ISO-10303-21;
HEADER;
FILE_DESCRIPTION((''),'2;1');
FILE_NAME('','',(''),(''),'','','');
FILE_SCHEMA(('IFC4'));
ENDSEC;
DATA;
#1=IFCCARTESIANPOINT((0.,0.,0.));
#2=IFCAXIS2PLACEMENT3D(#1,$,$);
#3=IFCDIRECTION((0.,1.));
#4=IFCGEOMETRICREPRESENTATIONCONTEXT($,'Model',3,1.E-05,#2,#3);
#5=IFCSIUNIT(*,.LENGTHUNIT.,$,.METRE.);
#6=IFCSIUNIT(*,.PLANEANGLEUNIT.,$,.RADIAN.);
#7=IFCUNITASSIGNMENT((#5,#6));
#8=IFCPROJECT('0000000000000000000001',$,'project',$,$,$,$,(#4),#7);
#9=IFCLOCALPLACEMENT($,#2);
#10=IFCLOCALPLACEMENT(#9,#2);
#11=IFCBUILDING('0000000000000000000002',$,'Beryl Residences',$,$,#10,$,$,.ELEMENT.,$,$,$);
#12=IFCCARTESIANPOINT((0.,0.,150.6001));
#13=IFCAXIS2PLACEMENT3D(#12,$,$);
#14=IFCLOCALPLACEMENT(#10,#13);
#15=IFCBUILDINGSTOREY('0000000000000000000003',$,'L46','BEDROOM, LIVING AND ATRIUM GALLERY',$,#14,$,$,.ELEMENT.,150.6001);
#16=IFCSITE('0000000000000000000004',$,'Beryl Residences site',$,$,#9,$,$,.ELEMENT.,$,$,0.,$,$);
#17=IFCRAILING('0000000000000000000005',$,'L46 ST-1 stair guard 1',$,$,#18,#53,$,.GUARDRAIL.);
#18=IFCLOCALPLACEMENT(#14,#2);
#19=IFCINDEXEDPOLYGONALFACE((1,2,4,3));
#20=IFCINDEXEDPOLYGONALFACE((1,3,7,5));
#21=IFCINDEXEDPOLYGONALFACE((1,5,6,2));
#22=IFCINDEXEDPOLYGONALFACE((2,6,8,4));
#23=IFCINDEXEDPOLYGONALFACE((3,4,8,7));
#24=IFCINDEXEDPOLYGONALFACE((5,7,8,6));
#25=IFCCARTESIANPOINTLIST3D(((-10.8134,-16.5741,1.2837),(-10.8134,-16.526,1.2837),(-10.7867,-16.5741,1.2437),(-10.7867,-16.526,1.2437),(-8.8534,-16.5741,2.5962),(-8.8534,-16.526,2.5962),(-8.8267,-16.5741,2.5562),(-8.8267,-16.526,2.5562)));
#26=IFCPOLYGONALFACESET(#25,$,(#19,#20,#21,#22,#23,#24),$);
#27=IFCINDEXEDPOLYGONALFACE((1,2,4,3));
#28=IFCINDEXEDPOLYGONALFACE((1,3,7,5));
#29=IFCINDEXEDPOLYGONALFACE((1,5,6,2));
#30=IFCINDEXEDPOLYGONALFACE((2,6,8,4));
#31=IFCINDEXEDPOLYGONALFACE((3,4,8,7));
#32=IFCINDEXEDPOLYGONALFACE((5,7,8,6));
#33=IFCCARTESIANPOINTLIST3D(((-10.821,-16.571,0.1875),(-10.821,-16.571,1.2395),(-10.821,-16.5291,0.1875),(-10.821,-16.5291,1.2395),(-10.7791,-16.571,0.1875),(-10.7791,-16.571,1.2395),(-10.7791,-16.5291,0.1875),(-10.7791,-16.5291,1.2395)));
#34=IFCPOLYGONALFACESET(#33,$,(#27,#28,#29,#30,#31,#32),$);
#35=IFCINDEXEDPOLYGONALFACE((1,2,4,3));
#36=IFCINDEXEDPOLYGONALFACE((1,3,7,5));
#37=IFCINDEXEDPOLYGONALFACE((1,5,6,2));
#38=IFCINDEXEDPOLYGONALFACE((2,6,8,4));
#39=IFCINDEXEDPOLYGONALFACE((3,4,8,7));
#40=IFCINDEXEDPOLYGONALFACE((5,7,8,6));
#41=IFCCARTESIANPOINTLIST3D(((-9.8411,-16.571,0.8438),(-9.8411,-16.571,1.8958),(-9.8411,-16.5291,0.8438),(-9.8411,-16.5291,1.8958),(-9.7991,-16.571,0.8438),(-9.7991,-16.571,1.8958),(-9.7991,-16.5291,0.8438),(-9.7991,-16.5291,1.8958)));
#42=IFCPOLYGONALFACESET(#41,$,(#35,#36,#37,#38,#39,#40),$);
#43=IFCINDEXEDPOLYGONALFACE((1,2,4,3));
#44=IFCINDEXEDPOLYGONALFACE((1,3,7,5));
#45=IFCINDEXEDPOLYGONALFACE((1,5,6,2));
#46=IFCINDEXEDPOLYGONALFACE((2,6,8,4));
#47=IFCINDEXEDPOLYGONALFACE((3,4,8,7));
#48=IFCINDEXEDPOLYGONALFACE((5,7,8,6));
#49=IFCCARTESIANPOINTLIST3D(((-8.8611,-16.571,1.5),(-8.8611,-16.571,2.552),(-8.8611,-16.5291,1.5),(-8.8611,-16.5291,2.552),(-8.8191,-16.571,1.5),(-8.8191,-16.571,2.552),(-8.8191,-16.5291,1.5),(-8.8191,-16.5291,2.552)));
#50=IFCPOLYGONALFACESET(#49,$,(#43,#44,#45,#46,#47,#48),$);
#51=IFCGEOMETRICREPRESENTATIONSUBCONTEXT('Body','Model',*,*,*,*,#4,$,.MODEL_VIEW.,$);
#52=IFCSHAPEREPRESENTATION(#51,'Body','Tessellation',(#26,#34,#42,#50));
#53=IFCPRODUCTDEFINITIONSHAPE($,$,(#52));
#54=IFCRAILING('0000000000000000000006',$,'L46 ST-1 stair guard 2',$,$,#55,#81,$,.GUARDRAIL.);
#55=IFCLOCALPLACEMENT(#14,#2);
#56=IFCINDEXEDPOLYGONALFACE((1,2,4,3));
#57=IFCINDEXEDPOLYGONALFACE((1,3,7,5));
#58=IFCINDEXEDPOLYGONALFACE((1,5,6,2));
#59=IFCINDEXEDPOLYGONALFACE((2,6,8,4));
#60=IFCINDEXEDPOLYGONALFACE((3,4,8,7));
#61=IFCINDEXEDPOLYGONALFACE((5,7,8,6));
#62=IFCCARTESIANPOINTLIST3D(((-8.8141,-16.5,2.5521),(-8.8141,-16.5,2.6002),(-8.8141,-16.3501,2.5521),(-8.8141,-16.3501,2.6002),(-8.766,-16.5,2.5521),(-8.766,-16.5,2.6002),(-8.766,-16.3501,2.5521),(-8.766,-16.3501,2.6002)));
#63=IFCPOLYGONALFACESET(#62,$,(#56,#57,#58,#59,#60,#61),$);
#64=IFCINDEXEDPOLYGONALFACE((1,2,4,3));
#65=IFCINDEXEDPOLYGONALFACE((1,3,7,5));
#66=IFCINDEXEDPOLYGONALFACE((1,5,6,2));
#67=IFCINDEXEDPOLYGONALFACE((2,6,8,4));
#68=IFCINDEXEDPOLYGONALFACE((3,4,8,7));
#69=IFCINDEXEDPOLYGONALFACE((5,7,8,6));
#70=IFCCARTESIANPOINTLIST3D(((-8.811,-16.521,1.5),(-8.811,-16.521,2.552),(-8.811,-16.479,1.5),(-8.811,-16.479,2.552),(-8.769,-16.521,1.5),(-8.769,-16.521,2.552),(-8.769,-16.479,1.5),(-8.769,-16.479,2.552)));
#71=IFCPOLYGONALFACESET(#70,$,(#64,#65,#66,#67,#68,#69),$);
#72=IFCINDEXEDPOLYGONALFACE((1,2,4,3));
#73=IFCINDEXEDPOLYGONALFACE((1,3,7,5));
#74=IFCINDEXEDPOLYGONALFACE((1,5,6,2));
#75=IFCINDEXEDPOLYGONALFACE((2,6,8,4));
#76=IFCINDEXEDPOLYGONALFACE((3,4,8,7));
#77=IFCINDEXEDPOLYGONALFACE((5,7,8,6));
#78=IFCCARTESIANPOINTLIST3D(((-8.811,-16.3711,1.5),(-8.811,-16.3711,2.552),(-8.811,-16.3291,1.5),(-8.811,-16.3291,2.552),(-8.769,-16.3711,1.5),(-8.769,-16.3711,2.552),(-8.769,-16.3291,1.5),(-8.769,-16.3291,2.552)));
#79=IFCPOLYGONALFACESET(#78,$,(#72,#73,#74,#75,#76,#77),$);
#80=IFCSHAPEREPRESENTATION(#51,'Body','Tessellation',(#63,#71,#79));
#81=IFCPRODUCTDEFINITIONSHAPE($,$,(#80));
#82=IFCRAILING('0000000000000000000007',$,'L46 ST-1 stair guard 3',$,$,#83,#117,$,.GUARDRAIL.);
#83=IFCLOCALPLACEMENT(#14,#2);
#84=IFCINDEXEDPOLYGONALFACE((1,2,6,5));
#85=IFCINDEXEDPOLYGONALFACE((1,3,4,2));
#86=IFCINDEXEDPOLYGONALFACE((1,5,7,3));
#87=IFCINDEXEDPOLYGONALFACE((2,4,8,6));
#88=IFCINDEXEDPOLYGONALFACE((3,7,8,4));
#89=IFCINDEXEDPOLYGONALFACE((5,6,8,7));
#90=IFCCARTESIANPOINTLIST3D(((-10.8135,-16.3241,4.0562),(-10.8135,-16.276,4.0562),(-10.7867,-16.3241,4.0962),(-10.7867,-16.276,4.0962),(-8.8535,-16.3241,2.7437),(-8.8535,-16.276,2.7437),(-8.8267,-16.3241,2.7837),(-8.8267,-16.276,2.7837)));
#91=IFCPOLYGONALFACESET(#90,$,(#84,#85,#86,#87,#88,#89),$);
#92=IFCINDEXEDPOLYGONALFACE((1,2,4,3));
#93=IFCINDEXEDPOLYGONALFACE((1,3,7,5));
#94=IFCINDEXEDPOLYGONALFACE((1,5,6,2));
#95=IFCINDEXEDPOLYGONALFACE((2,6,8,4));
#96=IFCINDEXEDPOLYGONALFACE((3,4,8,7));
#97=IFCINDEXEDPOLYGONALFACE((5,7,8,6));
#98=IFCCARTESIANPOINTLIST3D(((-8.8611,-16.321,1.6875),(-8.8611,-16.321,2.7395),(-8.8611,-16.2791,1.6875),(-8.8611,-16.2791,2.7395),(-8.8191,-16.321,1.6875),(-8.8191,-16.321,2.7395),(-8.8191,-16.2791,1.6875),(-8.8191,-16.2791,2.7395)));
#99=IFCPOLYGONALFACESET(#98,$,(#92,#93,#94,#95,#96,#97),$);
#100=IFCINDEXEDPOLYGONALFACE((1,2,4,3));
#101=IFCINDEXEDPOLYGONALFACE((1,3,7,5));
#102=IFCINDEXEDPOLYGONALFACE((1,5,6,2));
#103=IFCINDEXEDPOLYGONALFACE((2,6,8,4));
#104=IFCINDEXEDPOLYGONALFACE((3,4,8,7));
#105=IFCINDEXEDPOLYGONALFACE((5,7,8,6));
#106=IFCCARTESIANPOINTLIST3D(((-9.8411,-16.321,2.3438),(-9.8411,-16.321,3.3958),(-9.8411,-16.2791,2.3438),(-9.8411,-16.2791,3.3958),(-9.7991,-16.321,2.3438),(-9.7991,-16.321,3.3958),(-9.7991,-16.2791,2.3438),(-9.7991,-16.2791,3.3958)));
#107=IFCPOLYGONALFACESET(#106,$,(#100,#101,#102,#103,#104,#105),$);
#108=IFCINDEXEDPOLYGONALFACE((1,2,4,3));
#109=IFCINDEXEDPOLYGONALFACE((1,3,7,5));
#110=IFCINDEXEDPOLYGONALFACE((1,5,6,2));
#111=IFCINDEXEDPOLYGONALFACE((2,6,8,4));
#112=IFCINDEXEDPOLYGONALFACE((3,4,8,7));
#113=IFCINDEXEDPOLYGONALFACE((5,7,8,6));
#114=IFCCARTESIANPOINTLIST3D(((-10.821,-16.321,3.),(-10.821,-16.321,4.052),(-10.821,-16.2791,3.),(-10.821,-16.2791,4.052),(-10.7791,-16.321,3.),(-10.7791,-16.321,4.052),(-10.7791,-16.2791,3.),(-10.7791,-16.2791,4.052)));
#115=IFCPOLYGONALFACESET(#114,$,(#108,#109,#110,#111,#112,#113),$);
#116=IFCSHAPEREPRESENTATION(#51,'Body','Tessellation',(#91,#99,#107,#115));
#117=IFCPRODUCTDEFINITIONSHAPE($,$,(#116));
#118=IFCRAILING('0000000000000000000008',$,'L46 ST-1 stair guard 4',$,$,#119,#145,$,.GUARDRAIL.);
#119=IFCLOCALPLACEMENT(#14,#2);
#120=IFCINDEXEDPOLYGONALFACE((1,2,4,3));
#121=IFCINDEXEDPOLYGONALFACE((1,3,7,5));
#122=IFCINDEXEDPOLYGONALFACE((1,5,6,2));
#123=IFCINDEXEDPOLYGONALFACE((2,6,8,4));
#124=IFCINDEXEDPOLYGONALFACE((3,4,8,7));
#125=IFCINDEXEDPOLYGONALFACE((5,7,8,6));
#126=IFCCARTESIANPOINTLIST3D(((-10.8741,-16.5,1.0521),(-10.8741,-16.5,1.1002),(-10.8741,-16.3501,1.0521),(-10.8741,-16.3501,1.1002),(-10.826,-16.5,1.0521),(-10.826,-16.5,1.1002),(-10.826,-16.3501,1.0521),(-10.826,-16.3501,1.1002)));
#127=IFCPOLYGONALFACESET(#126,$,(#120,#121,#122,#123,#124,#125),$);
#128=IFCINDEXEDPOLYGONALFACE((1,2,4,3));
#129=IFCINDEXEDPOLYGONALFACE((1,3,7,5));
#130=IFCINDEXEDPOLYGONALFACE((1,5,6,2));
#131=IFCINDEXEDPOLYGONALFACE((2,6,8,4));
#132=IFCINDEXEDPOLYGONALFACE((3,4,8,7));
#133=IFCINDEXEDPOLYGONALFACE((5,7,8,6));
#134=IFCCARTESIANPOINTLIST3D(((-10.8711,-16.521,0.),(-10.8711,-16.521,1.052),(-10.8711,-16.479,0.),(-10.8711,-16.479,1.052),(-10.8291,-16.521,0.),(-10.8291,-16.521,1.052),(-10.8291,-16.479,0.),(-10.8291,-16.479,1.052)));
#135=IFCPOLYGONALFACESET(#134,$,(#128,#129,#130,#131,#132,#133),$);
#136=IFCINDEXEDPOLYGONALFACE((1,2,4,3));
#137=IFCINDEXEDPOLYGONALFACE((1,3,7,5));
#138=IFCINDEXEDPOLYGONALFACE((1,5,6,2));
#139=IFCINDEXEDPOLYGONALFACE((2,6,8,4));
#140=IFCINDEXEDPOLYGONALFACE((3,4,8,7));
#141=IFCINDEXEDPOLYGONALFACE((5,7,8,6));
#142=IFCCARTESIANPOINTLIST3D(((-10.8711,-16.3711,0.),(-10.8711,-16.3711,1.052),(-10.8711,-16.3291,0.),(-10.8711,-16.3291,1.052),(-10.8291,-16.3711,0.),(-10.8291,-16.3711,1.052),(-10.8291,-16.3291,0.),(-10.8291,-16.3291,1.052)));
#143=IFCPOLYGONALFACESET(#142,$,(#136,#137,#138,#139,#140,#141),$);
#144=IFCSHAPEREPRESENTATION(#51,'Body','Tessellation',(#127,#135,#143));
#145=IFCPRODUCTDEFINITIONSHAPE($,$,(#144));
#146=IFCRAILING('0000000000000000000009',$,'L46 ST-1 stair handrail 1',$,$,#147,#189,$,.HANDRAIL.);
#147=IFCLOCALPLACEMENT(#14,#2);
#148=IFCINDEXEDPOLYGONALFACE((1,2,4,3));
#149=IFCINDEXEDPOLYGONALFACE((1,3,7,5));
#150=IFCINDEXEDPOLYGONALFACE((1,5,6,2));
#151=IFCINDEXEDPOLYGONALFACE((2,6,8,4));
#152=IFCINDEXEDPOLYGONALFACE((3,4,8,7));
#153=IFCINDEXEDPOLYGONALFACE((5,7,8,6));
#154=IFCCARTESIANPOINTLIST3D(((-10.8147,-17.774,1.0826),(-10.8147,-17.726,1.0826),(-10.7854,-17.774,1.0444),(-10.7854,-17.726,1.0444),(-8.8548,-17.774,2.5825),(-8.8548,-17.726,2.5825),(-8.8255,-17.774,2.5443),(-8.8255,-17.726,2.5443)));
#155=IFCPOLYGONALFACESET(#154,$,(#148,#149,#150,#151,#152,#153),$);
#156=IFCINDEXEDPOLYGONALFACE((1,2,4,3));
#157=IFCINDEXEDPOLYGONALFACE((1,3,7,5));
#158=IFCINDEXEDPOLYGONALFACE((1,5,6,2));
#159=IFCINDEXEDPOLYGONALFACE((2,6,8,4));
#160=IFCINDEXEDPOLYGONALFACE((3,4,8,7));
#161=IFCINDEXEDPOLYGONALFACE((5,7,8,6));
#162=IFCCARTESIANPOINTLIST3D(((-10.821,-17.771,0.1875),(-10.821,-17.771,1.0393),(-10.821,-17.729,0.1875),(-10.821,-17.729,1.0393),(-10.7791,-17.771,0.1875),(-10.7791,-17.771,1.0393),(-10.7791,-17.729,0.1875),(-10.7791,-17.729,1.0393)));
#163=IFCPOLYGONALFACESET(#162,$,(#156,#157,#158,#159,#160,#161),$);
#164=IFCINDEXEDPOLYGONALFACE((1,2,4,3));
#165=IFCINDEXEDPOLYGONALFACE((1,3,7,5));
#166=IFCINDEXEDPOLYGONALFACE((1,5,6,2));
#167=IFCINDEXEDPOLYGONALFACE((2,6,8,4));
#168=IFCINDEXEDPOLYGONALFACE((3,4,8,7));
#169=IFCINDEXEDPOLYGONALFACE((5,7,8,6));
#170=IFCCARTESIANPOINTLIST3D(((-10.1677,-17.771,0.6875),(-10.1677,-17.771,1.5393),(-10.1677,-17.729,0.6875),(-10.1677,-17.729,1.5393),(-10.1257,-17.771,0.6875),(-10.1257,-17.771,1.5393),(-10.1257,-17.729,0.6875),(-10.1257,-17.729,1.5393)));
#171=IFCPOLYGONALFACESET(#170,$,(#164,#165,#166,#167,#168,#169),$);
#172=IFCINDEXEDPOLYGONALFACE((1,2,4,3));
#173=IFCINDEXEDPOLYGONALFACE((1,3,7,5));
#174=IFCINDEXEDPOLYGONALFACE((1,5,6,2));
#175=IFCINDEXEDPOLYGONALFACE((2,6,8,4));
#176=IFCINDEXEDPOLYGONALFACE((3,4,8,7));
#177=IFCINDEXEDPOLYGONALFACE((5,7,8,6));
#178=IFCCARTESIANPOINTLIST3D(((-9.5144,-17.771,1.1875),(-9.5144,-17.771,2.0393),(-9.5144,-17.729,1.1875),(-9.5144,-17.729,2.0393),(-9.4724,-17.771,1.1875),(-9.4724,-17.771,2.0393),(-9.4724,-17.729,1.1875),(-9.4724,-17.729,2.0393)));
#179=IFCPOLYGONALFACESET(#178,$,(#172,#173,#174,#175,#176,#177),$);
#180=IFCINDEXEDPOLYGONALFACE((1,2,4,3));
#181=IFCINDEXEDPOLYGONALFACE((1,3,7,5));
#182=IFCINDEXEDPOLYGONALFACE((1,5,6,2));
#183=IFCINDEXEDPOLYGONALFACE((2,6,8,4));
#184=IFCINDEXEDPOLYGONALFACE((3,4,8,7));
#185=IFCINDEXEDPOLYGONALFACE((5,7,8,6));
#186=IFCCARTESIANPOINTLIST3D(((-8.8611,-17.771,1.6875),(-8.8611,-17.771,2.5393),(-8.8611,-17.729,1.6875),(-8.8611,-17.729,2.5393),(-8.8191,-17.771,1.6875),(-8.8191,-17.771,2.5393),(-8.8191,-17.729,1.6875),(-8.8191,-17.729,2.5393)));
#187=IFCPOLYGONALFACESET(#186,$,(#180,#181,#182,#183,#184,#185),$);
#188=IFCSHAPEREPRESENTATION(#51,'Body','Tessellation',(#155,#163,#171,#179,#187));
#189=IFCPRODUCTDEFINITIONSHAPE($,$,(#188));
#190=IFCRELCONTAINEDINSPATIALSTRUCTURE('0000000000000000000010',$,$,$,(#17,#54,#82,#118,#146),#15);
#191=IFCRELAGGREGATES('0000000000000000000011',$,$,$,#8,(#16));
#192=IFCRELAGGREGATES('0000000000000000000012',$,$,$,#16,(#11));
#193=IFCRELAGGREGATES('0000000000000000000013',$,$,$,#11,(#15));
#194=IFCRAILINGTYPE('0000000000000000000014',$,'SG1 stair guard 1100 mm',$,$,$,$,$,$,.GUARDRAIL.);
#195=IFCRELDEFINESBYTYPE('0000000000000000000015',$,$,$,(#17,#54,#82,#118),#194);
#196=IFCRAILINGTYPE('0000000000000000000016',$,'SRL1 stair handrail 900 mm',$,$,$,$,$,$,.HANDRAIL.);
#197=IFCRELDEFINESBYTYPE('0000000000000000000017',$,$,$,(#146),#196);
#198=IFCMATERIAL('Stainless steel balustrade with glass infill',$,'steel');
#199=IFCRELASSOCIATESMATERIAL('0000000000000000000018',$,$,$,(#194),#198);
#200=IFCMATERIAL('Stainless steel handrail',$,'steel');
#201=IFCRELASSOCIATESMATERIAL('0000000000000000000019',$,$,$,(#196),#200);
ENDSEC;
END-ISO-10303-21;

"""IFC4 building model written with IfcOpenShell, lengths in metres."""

from ifc_helpers import new_model, si_unit, direction, frame, origin, origin_2d, place, context, subcontext, project, spatial, rectangle, extrude, material, type_object, element, save


model = new_model("IFC4")

# Units and contexts
model_context = context("Model", 3, precision=1e-05, world=origin(), true_north=direction((0.0, 1.0)))
body_context = subcontext(model_context, "Body", "Model", "MODEL_VIEW")
ifc_project = project(units=[si_unit("LENGTHUNIT", "METRE"), si_unit("PLANEANGLEUNIT", "RADIAN")], contexts=[model_context])

# Site, building, storey
site_placement = place(None, origin())
site = spatial("IfcSite", under=ifc_project, at=site_placement, Name="Beryl Residences site", CompositionType="ELEMENT", RefElevation=0.0)
building_placement = place(site_placement, origin())
building = spatial("IfcBuilding", under=site, at=building_placement, Name="Beryl Residences", CompositionType="ELEMENT")
storey_placement = place(building_placement, frame((0.0, 0.0, 150.6001)))
storey = spatial("IfcBuildingStorey", under=building, at=storey_placement, Name="L46", Description="BEDROOM, LIVING AND ATRIUM GALLERY", CompositionType="ELEMENT", Elevation=150.6001)

# Railings
ifc_material_1 = material(Name="Stainless steel balustrade with glass infill", Category="steel")
railing_type_1 = type_object("IfcRailingType", Name="SG1 stair guard 1100 mm", PredefinedType="GUARDRAIL", material=ifc_material_1)
railing_1_placement = place(storey_placement, frame((-10.8, -16.55, 0.1875)))
element("IfcRailing", 1, at=railing_1_placement, inside=storey, type_object=railing_type_1, Name="L46 ST-1 stair guard 1", PredefinedType="GUARDRAIL", context=body_context, shape_type="SweptSolid", body=[
    extrude(rectangle(XDim=0.0481, YDim=0.0481, at=origin_2d()), frame((0.0, 0.0, 1.0762), z_axis=(0.830902, 0.0, 0.556419), x_axis=(0.0, 1.0, 0.0)), (0.0, 0.0, 1.0), 2.3589),
    extrude(rectangle(XDim=0.042, YDim=0.042, at=origin_2d()), origin(), (0.0, 0.0, 1.0), 1.052),
    extrude(rectangle(XDim=0.042, YDim=0.042, at=origin_2d()), frame((0.98, 0.0, 0.6562)), (0.0, 0.0, 1.0), 1.052),
    extrude(rectangle(XDim=0.042, YDim=0.042, at=origin_2d()), frame((1.96, 0.0, 1.3125)), (0.0, 0.0, 1.0), 1.052),
])
railing_2_placement = place(storey_placement, frame((-8.79, -16.5, 1.5)))
element("IfcRailing", 2, at=railing_2_placement, inside=storey, type_object=railing_type_1, Name="L46 ST-1 stair guard 2", PredefinedType="GUARDRAIL", context=body_context, shape_type="SweptSolid", body=[
    extrude(rectangle(XDim=0.0481, YDim=0.0481, at=origin_2d()), frame((0.0, 0.0, 1.0762), z_axis=(0.0, 1.0, 0.0), x_axis=(-1.0, 0.0, 0.0)), (0.0, 0.0, 1.0), 0.1499),
    extrude(rectangle(XDim=0.042, YDim=0.042, at=origin_2d()), origin(), (0.0, 0.0, 1.0), 1.052),
    extrude(rectangle(XDim=0.042, YDim=0.042, at=origin_2d()), frame((0.0, 0.1499, 0.0)), (0.0, 0.0, 1.0), 1.052),
])
railing_3_placement = place(storey_placement, frame((-8.8401, -16.3, 1.6875)))
element("IfcRailing", 3, at=railing_3_placement, inside=storey, type_object=railing_type_1, Name="L46 ST-1 stair guard 3", PredefinedType="GUARDRAIL", context=body_context, shape_type="SweptSolid", body=[
    extrude(rectangle(XDim=0.0481, YDim=0.0481, at=origin_2d()), frame((0.0, 0.0, 1.0762), z_axis=(-0.830902, 0.0, 0.556419), x_axis=(0.0, -1.0, 0.0)), (0.0, 0.0, 1.0), 2.3589),
    extrude(rectangle(XDim=0.042, YDim=0.042, at=origin_2d()), origin(), (0.0, 0.0, 1.0), 1.052),
    extrude(rectangle(XDim=0.042, YDim=0.042, at=origin_2d()), frame((-0.98, 0.0, 0.6562)), (0.0, 0.0, 1.0), 1.052),
    extrude(rectangle(XDim=0.042, YDim=0.042, at=origin_2d()), frame((-1.96, 0.0, 1.3125)), (0.0, 0.0, 1.0), 1.052),
])
railing_4_placement = place(storey_placement, frame((-10.8501, -16.5, 0.0)))
element("IfcRailing", 4, at=railing_4_placement, inside=storey, type_object=railing_type_1, Name="L46 ST-1 stair guard 4", PredefinedType="GUARDRAIL", context=body_context, shape_type="SweptSolid", body=[
    extrude(rectangle(XDim=0.0481, YDim=0.0481, at=origin_2d()), frame((0.0, 0.0, 1.0762), z_axis=(0.0, 1.0, 0.0), x_axis=(-1.0, 0.0, 0.0)), (0.0, 0.0, 1.0), 0.1499),
    extrude(rectangle(XDim=0.042, YDim=0.042, at=origin_2d()), origin(), (0.0, 0.0, 1.0), 1.052),
    extrude(rectangle(XDim=0.042, YDim=0.042, at=origin_2d()), frame((0.0, 0.1499, 0.0)), (0.0, 0.0, 1.0), 1.052),
])
ifc_material_2 = material(Name="Stainless steel handrail", Category="steel")
railing_type_2 = type_object("IfcRailingType", Name="SRL1 stair handrail 900 mm", PredefinedType="HANDRAIL", material=ifc_material_2)
railing_5_placement = place(storey_placement, frame((-10.8, -17.75, 0.1875)))
element("IfcRailing", 5, at=railing_5_placement, inside=storey, type_object=railing_type_2, Name="L46 ST-1 stair handrail 1", PredefinedType="HANDRAIL", context=body_context, shape_type="SweptSolid", body=[
    extrude(rectangle(XDim=0.0481, YDim=0.0481, at=origin_2d()), frame((0.0, 0.0, 0.876), z_axis=(0.794122, 0.0, 0.607758), x_axis=(0.0, 1.0, 0.0)), (0.0, 0.0, 1.0), 2.468),
    extrude(rectangle(XDim=0.042, YDim=0.042, at=origin_2d()), origin(), (0.0, 0.0, 1.0), 0.8518),
    extrude(rectangle(XDim=0.042, YDim=0.042, at=origin_2d()), frame((0.6533, 0.0, 0.5)), (0.0, 0.0, 1.0), 0.8518),
    extrude(rectangle(XDim=0.042, YDim=0.042, at=origin_2d()), frame((1.3066, 0.0, 1.0)), (0.0, 0.0, 1.0), 0.8518),
    extrude(rectangle(XDim=0.042, YDim=0.042, at=origin_2d()), frame((1.96, 0.0, 1.5)), (0.0, 0.0, 1.0), 0.8518),
])

save(model, "model.ifc")
